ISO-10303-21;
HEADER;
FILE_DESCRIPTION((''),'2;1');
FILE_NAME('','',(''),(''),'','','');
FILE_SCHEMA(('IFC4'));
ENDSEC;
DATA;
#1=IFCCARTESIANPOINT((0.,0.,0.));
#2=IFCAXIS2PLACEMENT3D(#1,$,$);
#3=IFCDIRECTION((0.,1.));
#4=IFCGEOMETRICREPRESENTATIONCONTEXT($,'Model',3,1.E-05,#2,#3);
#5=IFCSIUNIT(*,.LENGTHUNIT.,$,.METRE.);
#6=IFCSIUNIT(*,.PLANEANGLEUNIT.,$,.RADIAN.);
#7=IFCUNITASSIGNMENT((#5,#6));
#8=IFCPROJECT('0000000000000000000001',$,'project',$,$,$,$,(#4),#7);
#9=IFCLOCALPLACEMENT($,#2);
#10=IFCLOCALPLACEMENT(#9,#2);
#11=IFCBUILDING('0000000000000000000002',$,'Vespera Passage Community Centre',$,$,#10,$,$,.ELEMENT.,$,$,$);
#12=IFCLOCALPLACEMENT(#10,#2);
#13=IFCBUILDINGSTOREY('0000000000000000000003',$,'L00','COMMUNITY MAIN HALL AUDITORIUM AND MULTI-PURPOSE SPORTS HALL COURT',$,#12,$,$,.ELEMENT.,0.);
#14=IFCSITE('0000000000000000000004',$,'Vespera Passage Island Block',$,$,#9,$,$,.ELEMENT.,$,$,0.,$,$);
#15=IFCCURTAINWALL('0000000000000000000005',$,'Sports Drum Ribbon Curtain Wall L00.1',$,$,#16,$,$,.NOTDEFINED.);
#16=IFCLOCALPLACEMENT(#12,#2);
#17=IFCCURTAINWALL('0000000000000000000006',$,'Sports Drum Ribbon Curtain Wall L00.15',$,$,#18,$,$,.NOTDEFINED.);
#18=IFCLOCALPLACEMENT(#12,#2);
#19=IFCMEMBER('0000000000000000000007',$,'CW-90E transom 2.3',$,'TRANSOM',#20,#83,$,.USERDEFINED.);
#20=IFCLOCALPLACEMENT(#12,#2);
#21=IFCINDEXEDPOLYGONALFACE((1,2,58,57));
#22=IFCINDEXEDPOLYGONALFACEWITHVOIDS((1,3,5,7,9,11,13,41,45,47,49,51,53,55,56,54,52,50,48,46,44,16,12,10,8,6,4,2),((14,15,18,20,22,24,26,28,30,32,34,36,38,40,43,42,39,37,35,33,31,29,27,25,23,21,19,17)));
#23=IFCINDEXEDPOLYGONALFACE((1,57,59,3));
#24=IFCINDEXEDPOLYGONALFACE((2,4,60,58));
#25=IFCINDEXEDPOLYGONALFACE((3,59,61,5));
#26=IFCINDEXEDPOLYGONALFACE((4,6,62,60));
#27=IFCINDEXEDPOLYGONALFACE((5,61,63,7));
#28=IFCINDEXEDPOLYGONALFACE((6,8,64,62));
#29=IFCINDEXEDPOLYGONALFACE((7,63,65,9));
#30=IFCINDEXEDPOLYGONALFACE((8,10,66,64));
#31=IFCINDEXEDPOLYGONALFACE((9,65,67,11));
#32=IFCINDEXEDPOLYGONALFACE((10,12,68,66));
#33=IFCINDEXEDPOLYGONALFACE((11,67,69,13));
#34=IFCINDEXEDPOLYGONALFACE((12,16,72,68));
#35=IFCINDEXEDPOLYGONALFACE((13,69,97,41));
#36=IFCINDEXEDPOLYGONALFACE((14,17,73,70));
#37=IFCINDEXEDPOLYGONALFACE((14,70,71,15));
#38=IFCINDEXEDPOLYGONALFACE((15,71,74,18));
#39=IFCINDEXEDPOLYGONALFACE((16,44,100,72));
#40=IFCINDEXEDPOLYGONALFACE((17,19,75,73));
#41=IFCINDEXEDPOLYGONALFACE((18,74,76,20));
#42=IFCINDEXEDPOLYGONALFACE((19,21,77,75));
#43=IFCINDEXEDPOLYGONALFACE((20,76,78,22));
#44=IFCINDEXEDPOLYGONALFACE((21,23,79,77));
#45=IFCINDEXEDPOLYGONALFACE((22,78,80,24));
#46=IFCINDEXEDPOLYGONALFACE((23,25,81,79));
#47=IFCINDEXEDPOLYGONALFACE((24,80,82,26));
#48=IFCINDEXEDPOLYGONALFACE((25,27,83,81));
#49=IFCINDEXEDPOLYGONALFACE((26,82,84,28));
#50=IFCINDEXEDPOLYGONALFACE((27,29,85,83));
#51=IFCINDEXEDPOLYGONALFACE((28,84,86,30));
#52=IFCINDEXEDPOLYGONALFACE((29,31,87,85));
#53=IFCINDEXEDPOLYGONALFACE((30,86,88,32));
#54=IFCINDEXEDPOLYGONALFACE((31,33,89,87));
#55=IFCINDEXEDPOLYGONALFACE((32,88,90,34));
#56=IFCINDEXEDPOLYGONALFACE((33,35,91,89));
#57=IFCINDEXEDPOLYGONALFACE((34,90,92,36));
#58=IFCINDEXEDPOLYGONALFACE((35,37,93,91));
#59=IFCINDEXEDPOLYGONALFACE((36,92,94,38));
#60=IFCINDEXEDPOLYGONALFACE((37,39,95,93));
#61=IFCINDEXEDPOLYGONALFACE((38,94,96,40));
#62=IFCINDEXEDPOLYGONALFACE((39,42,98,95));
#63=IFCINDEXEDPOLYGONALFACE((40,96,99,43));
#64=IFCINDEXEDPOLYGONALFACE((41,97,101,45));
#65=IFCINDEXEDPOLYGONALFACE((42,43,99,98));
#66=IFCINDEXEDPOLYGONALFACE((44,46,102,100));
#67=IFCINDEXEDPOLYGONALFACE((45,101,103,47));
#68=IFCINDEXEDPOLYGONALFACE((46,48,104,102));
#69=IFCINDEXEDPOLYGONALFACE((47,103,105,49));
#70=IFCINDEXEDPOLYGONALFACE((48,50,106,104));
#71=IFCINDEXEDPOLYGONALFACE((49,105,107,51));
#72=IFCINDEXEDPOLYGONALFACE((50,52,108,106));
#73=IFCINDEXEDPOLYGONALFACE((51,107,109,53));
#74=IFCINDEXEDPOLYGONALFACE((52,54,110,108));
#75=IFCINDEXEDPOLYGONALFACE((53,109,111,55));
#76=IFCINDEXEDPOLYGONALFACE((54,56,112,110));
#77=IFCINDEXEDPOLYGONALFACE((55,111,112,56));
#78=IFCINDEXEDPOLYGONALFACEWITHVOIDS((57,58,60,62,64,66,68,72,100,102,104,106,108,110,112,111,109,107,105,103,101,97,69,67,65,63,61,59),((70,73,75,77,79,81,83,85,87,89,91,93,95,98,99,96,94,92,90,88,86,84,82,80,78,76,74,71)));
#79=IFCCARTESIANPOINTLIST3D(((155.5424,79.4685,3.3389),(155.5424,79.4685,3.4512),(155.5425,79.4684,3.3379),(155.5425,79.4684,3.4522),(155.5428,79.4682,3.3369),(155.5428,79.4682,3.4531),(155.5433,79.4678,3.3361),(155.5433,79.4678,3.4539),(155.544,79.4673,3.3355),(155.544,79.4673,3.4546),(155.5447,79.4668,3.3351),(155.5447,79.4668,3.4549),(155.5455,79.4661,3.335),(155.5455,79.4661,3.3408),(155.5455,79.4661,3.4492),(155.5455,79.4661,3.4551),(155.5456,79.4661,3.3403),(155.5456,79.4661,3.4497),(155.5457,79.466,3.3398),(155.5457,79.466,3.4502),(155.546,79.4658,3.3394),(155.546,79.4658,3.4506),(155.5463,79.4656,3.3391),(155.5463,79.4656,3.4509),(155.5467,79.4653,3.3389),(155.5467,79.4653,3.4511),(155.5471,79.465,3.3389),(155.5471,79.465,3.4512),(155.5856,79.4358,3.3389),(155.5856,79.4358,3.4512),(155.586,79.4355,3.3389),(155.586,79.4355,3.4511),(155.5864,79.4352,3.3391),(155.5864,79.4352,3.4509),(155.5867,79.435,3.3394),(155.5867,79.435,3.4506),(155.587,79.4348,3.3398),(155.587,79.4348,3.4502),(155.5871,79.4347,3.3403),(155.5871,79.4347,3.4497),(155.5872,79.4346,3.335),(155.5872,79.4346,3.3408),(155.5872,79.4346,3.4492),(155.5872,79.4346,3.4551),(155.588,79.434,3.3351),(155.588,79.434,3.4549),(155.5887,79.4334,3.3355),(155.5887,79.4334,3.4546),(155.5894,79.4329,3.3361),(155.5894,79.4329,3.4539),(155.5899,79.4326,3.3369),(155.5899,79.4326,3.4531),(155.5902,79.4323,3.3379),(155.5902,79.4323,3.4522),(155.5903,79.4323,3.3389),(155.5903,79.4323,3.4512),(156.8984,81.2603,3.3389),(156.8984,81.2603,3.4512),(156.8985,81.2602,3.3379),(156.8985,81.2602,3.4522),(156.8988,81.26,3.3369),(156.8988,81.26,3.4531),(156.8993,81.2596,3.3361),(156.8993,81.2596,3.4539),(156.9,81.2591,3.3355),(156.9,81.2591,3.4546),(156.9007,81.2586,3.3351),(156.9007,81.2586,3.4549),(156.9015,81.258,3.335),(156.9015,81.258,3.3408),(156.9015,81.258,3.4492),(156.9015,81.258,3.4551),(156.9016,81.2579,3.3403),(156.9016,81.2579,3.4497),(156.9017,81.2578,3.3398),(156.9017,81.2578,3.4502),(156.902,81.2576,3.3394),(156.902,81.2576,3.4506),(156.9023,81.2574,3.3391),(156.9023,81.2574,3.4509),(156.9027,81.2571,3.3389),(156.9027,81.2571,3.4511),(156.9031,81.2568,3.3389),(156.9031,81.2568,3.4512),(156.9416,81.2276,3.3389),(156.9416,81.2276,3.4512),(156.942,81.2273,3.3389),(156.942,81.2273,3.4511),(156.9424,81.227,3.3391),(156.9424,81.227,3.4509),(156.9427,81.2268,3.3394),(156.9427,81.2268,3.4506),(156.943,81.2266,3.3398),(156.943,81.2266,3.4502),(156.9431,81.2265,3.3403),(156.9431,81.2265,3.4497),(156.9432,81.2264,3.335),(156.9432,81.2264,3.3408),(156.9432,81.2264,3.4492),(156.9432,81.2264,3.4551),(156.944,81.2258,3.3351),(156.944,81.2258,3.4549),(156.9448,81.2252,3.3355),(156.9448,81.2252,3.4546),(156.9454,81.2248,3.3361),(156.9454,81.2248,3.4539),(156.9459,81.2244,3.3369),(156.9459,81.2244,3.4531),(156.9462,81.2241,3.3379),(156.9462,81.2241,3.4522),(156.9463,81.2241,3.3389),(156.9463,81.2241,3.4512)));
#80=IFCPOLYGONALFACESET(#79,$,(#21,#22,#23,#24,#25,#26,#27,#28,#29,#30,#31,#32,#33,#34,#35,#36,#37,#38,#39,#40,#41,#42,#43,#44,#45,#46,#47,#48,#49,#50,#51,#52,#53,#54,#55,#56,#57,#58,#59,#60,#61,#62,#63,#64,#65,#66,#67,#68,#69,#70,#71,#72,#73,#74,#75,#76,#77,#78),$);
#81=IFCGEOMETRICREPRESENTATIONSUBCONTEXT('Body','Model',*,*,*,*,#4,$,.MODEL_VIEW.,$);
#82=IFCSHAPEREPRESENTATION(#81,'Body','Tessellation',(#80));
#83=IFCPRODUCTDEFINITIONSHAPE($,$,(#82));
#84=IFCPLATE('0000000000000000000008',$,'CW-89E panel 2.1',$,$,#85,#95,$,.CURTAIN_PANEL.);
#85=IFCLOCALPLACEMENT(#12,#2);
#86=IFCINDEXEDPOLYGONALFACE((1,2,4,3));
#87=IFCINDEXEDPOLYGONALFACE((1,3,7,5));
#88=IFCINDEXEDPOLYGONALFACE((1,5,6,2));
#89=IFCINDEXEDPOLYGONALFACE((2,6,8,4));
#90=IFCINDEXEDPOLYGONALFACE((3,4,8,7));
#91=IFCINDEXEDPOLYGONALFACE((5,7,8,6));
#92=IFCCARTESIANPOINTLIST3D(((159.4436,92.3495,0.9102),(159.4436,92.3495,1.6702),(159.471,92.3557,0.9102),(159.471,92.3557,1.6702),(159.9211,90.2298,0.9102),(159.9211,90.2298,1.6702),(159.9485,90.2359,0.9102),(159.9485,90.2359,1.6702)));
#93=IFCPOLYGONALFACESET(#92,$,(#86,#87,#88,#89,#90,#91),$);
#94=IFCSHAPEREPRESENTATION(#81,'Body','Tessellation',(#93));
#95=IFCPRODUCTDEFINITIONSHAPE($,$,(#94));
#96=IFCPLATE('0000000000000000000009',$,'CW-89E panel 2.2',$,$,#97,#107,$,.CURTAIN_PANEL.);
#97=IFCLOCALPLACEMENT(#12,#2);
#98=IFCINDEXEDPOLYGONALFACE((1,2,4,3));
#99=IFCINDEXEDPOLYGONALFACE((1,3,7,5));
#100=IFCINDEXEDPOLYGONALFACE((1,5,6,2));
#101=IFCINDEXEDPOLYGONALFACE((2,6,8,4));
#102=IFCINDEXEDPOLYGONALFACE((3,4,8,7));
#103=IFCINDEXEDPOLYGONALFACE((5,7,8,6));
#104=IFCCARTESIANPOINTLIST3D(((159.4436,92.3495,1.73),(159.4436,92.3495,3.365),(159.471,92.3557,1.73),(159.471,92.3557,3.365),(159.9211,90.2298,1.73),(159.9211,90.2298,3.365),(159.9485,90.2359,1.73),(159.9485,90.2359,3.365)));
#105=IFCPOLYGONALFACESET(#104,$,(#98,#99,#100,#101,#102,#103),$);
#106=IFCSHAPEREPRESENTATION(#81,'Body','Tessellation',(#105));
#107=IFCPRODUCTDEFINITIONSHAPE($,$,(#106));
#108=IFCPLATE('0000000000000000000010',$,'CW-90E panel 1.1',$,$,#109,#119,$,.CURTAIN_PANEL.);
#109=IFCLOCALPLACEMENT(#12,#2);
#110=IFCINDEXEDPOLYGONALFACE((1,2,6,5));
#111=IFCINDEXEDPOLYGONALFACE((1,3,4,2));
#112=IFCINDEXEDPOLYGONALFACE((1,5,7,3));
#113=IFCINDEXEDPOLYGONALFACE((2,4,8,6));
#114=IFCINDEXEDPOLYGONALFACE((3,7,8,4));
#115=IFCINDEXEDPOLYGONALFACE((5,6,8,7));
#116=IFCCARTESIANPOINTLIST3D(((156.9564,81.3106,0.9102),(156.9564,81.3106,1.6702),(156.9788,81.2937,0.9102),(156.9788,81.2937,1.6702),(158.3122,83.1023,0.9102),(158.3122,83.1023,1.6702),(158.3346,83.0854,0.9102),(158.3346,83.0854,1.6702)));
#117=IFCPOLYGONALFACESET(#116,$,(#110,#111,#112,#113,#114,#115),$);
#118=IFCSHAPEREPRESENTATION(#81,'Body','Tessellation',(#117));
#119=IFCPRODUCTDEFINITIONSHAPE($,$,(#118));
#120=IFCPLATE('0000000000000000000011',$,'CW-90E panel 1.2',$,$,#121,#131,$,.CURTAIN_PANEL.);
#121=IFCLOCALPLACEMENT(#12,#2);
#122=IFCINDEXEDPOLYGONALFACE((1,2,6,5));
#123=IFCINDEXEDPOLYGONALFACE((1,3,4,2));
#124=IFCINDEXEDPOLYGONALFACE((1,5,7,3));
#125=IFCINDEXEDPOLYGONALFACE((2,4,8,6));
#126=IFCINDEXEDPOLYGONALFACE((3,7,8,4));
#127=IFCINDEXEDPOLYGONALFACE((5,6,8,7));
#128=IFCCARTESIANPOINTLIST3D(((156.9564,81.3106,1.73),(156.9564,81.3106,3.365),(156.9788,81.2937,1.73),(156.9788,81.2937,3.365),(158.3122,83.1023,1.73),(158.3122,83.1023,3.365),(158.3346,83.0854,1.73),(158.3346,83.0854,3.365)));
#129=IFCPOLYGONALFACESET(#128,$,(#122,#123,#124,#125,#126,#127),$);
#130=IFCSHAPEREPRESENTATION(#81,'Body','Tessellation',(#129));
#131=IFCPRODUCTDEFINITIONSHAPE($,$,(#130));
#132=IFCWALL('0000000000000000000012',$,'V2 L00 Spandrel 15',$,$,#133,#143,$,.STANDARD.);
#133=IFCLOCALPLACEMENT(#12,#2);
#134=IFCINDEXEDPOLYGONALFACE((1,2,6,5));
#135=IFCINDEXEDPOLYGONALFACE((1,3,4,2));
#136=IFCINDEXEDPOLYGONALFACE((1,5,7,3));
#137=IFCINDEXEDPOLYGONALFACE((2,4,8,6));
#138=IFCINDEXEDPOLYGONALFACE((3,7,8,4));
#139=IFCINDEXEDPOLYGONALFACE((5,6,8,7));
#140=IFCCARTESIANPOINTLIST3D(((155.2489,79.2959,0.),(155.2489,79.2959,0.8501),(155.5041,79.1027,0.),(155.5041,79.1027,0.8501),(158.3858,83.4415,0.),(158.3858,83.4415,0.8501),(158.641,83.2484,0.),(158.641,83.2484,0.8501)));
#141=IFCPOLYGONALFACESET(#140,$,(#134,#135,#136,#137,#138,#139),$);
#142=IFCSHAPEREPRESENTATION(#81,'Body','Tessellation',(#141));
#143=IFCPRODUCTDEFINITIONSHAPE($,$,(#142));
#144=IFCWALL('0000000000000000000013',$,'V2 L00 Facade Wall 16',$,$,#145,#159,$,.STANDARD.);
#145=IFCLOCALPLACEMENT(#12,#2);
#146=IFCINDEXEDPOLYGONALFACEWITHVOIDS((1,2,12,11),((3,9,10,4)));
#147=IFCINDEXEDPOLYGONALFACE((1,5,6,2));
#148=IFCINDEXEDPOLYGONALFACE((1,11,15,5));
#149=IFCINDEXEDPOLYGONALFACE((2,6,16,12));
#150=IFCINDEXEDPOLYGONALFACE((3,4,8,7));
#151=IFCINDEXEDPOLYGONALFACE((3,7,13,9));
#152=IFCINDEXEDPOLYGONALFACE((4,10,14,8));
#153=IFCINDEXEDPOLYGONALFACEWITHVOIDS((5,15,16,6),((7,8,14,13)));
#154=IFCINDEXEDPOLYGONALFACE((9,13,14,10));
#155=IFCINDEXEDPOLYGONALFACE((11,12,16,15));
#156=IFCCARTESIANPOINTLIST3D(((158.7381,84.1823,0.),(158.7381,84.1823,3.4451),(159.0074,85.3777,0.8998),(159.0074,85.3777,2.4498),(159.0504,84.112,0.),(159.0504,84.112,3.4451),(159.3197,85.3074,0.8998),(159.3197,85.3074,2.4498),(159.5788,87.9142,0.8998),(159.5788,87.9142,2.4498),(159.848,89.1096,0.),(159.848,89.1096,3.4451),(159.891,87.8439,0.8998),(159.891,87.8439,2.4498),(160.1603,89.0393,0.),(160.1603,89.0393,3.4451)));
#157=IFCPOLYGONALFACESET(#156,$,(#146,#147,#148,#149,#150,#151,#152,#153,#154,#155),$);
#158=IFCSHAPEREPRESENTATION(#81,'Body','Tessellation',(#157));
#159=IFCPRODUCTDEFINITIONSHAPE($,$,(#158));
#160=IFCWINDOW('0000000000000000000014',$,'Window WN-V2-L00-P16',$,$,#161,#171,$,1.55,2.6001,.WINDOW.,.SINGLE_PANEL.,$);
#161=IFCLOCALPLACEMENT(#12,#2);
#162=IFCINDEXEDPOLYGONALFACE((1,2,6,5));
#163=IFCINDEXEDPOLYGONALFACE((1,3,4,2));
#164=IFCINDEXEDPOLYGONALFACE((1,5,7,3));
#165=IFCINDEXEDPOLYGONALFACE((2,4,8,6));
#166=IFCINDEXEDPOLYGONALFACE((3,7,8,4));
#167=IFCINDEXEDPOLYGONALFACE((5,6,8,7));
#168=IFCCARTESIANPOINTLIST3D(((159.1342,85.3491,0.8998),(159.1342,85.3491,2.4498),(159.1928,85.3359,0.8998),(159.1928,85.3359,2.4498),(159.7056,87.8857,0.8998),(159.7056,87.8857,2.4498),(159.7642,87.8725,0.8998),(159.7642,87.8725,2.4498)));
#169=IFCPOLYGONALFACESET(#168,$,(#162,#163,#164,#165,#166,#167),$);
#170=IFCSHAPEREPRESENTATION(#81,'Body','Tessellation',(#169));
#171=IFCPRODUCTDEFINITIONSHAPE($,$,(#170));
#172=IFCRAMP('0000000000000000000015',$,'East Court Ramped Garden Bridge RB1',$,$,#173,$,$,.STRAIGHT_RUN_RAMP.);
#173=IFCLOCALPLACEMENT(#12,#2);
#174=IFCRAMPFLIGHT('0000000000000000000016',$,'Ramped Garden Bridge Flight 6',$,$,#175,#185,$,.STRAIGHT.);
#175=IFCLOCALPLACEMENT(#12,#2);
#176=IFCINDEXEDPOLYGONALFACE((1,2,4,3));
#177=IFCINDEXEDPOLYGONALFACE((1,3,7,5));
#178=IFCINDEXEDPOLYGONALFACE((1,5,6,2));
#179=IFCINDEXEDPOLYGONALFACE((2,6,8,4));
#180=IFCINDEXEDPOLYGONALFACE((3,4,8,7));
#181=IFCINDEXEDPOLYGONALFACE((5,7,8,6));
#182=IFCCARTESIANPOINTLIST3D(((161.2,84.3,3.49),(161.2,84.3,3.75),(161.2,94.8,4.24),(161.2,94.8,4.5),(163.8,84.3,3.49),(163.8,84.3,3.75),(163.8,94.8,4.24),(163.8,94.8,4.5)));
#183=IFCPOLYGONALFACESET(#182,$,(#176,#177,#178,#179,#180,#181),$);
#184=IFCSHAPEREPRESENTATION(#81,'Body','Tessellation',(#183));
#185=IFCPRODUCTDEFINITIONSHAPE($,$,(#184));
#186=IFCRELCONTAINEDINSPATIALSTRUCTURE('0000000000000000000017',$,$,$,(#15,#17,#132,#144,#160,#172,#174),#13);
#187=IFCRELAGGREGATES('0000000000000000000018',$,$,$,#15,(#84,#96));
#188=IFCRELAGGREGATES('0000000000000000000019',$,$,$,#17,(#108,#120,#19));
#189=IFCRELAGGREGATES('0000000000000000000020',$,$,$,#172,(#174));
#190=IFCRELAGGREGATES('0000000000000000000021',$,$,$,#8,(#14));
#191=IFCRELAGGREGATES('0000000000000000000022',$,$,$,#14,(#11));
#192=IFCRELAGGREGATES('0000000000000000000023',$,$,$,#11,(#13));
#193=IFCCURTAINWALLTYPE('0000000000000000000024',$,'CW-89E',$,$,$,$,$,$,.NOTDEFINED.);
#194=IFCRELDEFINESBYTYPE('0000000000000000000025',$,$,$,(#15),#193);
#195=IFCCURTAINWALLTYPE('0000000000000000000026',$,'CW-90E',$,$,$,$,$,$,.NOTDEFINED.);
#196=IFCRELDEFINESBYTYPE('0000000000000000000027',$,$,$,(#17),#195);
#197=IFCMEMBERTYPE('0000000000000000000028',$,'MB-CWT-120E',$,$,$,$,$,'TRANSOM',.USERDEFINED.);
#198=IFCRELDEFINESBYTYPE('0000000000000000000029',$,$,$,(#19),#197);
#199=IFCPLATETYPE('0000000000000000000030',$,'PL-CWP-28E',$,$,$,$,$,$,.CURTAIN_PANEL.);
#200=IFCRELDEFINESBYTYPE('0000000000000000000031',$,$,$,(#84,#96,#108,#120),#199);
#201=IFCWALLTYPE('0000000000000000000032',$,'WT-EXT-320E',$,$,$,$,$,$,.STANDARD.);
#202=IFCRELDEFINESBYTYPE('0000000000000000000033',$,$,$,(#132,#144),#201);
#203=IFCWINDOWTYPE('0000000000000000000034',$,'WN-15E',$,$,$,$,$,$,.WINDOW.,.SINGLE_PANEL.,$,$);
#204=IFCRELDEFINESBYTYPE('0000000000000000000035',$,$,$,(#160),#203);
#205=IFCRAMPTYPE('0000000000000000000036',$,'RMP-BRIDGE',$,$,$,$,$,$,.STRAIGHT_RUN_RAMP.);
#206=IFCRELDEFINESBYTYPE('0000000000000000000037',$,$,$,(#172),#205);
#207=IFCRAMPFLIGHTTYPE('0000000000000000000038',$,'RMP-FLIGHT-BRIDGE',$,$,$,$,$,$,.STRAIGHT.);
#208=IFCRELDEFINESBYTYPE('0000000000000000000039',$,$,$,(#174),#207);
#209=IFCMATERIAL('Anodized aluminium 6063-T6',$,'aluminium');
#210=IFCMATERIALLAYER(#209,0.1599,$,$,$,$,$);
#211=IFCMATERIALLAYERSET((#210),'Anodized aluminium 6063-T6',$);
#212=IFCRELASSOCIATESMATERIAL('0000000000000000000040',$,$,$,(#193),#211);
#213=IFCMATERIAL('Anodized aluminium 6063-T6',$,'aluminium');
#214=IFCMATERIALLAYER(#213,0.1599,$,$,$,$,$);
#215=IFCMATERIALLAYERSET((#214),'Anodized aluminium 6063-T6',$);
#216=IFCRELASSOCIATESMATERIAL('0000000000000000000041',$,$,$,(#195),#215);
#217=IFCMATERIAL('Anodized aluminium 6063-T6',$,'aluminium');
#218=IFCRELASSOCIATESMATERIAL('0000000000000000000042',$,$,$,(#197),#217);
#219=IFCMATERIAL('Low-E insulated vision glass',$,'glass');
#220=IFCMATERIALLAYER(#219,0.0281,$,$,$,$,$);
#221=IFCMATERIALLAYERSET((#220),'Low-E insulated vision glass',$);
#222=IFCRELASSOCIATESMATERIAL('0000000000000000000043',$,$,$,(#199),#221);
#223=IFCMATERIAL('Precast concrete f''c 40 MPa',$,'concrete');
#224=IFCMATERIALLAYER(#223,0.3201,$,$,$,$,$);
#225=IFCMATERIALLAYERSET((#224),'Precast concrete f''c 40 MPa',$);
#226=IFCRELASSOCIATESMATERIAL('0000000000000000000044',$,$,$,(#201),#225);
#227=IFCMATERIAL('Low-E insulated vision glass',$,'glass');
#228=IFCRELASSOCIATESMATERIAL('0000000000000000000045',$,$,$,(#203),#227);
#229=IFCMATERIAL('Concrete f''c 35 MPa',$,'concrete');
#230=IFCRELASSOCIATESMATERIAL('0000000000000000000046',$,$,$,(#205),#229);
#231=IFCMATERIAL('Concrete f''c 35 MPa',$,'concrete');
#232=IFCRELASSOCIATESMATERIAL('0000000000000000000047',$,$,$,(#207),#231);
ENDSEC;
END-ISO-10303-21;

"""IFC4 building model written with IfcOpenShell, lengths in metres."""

from ifc_helpers import new_model, si_unit, direction, frame, frame_2d, origin, origin_2d, place, context, subcontext, project, spatial, polyline, rectangle, hollow_rectangle, outline, extrude, material, layer, layer_set, material_profile, profile_set, type_object, element, fill, aggregate, save


model = new_model("IFC4")

# Units and contexts
model_context = context("Model", 3, precision=1e-05, world=origin(), true_north=direction((0.0, 1.0)))
body_context = subcontext(model_context, "Body", "Model", "MODEL_VIEW")
ifc_project = project(units=[si_unit("LENGTHUNIT", "METRE"), si_unit("PLANEANGLEUNIT", "RADIAN")], contexts=[model_context])

# Site, building, storey
site_placement = place(None, origin())
site = spatial("IfcSite", under=ifc_project, at=site_placement, Name="Vespera Passage Island Block", CompositionType="ELEMENT", RefElevation=0.0)
building_placement = place(site_placement, origin())
building = spatial("IfcBuilding", under=site, at=building_placement, Name="Vespera Passage Community Centre", CompositionType="ELEMENT")
storey_placement = place(building_placement, origin())
storey = spatial("IfcBuildingStorey", under=building, at=storey_placement, Name="L00", Description="COMMUNITY MAIN HALL AUDITORIUM AND MULTI-PURPOSE SPORTS HALL COURT", CompositionType="ELEMENT", Elevation=0.0)

# Curtain wall
ifc_material_1 = material(Name="Anodized aluminium 6063-T6", Category="aluminium")
ifc_layer_1 = layer(ifc_material_1, 0.1599)
ifc_layer_set_1 = layer_set([ifc_layer_1], Name="Anodized aluminium 6063-T6")
curtain_wall_type_1 = type_object("IfcCurtainWallType", Name="CW-89E", PredefinedType="NOTDEFINED", material=ifc_layer_set_1)
curtain_wall_1_placement = place(storey_placement, origin())
curtain_wall_1 = element("IfcCurtainWall", 1, at=curtain_wall_1_placement, inside=storey, type_object=curtain_wall_type_1, Name="Sports Drum Ribbon Curtain Wall L00.1", PredefinedType="NOTDEFINED")

# Curtain wall
ifc_material_2 = material(Name="Anodized aluminium 6063-T6", Category="aluminium")
ifc_layer_2 = layer(ifc_material_2, 0.1599)
ifc_layer_set_2 = layer_set([ifc_layer_2], Name="Anodized aluminium 6063-T6")
curtain_wall_type_2 = type_object("IfcCurtainWallType", Name="CW-90E", PredefinedType="NOTDEFINED", material=ifc_layer_set_2)
curtain_wall_2_placement = place(storey_placement, origin())
curtain_wall_2 = element("IfcCurtainWall", 2, at=curtain_wall_2_placement, inside=storey, type_object=curtain_wall_type_2, Name="Sports Drum Ribbon Curtain Wall L00.15", PredefinedType="NOTDEFINED")

# Member
ifc_material_3 = material(Name="Anodized aluminium 6063-T6", Category="aluminium")
ifc_material_profile_1 = material_profile(ifc_material_3, hollow_rectangle(XDim=0.0601, YDim=0.1201, WallThickness=0.0039, InnerFilletRadius=0.002, OuterFilletRadius=0.0039, at=origin_2d()), Name="ALU120X60X4")
ifc_profile_set_1 = profile_set([ifc_material_profile_1], Name="Anodized aluminium 6063-T6")
member_type_1 = type_object("IfcMemberType", Name="MB-CWT-120E", ElementType="TRANSOM", PredefinedType="USERDEFINED", material=ifc_profile_set_1)
member_1_placement = place(storey_placement, frame((156.9224, 81.2422, 3.395), z_axis=(-0.603454, -0.797398, 0.0), x_axis=(0.797398, -0.603454, 0.0)))
member_1 = element("IfcMember", 3, at=member_1_placement, type_object=member_type_1, Name="CW-90E transom 2.3", ObjectType="TRANSOM", PredefinedType="USERDEFINED", context=body_context, shape_type="SweptSolid", body=[
    extrude(hollow_rectangle(XDim=0.0601, YDim=0.1201, WallThickness=0.0039, InnerFilletRadius=0.002, OuterFilletRadius=0.0039, at=origin_2d()), origin(), (0.0, 0.0, 1.0), 2.2471),
])

# Plates
ifc_material_4 = material(Name="Low-E insulated vision glass", Category="glass")
ifc_layer_3 = layer(ifc_material_4, 0.0281)
ifc_layer_set_3 = layer_set([ifc_layer_3], Name="Low-E insulated vision glass")
plate_type = type_object("IfcPlateType", Name="PL-CWP-28E", PredefinedType="CURTAIN_PANEL", material=ifc_layer_set_3)
plate_1_placement = place(storey_placement, frame((159.696, 91.2927, 0.9102), z_axis=(0.0, 0.0, 1.0), x_axis=(0.219763, -0.975553, 0.0)))
plate_1 = element("IfcPlate", 4, at=plate_1_placement, type_object=plate_type, Name="CW-89E panel 2.1", PredefinedType="CURTAIN_PANEL", context=body_context, shape_type="SweptSolid", body=[
    extrude(rectangle(XDim=2.1729, YDim=0.0281, at=origin_2d()), origin(), (0.0, 0.0, 1.0), 0.76),
])
plate_2_placement = place(storey_placement, frame((159.696, 91.2927, 1.73), z_axis=(0.0, 0.0, 1.0), x_axis=(0.219763, -0.975553, 0.0)))
plate_2 = element("IfcPlate", 5, at=plate_2_placement, type_object=plate_type, Name="CW-89E panel 2.2", PredefinedType="CURTAIN_PANEL", context=body_context, shape_type="SweptSolid", body=[
    extrude(rectangle(XDim=2.1729, YDim=0.0281, at=origin_2d()), origin(), (0.0, 0.0, 1.0), 1.635),
])
aggregate(curtain_wall_1, [plate_1, plate_2])
plate_3_placement = place(storey_placement, frame((157.6455, 82.198, 0.9102), z_axis=(0.0, 0.0, 1.0), x_axis=(-0.603406, -0.797434, 0.0)))
plate_3 = element("IfcPlate", 6, at=plate_3_placement, type_object=plate_type, Name="CW-90E panel 1.1", PredefinedType="CURTAIN_PANEL", context=body_context, shape_type="SweptSolid", body=[
    extrude(rectangle(XDim=2.2468, YDim=0.0281, at=origin_2d()), origin(), (0.0, 0.0, 1.0), 0.76),
])
plate_4_placement = place(storey_placement, frame((157.6455, 82.198, 1.73), z_axis=(0.0, 0.0, 1.0), x_axis=(-0.603406, -0.797434, 0.0)))
plate_4 = element("IfcPlate", 7, at=plate_4_placement, type_object=plate_type, Name="CW-90E panel 1.2", PredefinedType="CURTAIN_PANEL", context=body_context, shape_type="SweptSolid", body=[
    extrude(rectangle(XDim=2.2468, YDim=0.0281, at=origin_2d()), origin(), (0.0, 0.0, 1.0), 1.635),
])
aggregate(curtain_wall_2, [plate_3, plate_4, member_1])

# Wall
ifc_material_5 = material(Name="Precast concrete f'c 40 MPa", Category="concrete")
ifc_layer_4 = layer(ifc_material_5, 0.3201)
ifc_layer_set_4 = layer_set([ifc_layer_4], Name="Precast concrete f'c 40 MPa")
wall_type = type_object("IfcWallType", Name="WT-EXT-320E", PredefinedType="STANDARD", material=ifc_layer_set_4)
wall_1_placement = place(storey_placement, frame((158.5134, 83.345, 0.0), z_axis=(0.0, 0.0, 1.0), x_axis=(-0.603398, -0.79744, 0.0)))
element("IfcWall", 8, at=wall_1_placement, inside=storey, type_object=wall_type, Name="V2 L00 Spandrel 15", PredefinedType="STANDARD", context=body_context, shape_type="SweptSolid", body=[
    extrude(rectangle(XDim=5.1987, YDim=0.3201, at=frame_2d((2.5994, 0.0))), origin(), (0.0, 0.0, 1.0), 0.8501),
])

# Wall, opening, window
wall_2_placement = place(storey_placement, frame((160.0042, 89.0745, 0.0), z_axis=(0.0, 0.0, 1.0), x_axis=(-0.219745, -0.975557, 0.0)))
wall_2 = element("IfcWall", 9, at=wall_2_placement, inside=storey, type_object=wall_type, Name="V2 L00 Facade Wall 16", PredefinedType="STANDARD", context=body_context, shape_type="SweptSolid", body=[
    extrude(rectangle(XDim=5.0508, YDim=0.3201, at=frame_2d((2.5254, 0.0))), origin(), (0.0, 0.0, 1.0), 3.4451),
])
opening_placement = place(wall_2_placement, frame((1.2253, 0.0, 0.8999)))
opening = element("IfcOpeningElement", 10, at=opening_placement, cuts=wall_2, PredefinedType="OPENING", context=body_context, shape_type="SweptSolid", body=[
    extrude(rectangle(XDim=2.6001, YDim=1.55, at=frame_2d((1.3, 0.7749))), frame((0.0, 0.1702, 0.0), z_axis=(0.0, -1.0, 0.0), x_axis=(1.0, 0.0, 0.0)), (0.0, 0.0, 1.0), 0.3401),
])
ifc_material_6 = material(Name="Low-E insulated vision glass", Category="glass")
window_type = type_object("IfcWindowType", Name="WN-15E", PartitioningType="SINGLE_PANEL", PredefinedType="WINDOW", material=ifc_material_6)
window_placement = place(opening_placement, origin())
window = element("IfcWindow", 11, at=window_placement, inside=storey, type_object=window_type, Name="Window WN-V2-L00-P16", OverallHeight=1.55, OverallWidth=2.6001, PartitioningType="SINGLE_PANEL", PredefinedType="WINDOW", context=body_context, shape_type="SweptSolid", body=[
    extrude(rectangle(XDim=2.6001, YDim=1.55, at=frame_2d((1.3, 0.7749))), frame((0.0, 0.03, 0.0), z_axis=(0.0, -1.0, 0.0), x_axis=(1.0, 0.0, 0.0)), (0.0, 0.0, 1.0), 0.0601),
])
fill(opening, window)

# Ramp, ramp flight
ifc_material_7 = material(Name="Concrete f'c 35 MPa", Category="concrete")
ramp_type = type_object("IfcRampType", Name="RMP-BRIDGE", PredefinedType="STRAIGHT_RUN_RAMP", material=ifc_material_7)
ramp_placement = place(storey_placement, origin())
ramp = element("IfcRamp", 12, at=ramp_placement, inside=storey, type_object=ramp_type, Name="East Court Ramped Garden Bridge RB1", PredefinedType="STRAIGHT_RUN_RAMP")
ifc_material_8 = material(Name="Concrete f'c 35 MPa", Category="concrete")
ramp_flight_type = type_object("IfcRampFlightType", Name="RMP-FLIGHT-BRIDGE", PredefinedType="STRAIGHT", material=ifc_material_8)
ramp_flight_placement = place(storey_placement, frame((162.5, 84.3, 3.75), z_axis=(0.0, 0.0, 1.0), x_axis=(0.0, 1.0, 0.0)))
ramp_flight = element("IfcRampFlight", 13, at=ramp_flight_placement, inside=storey, type_object=ramp_flight_type, Name="Ramped Garden Bridge Flight 6", PredefinedType="STRAIGHT", context=body_context, shape_type="SweptSolid", body=[
    extrude(outline(polyline([(0.0, 0.0), (10.5, 0.75), (10.5, 0.49), (0.0, -0.26), (0.0, 0.0)])), frame((0.0, 1.3, 0.0), z_axis=(0.0, -1.0, 0.0), x_axis=(1.0, 0.0, 0.0)), (0.0, 0.0, 1.0), 2.6001),
])
aggregate(ramp, [ramp_flight])

save(model, "model.ifc")
